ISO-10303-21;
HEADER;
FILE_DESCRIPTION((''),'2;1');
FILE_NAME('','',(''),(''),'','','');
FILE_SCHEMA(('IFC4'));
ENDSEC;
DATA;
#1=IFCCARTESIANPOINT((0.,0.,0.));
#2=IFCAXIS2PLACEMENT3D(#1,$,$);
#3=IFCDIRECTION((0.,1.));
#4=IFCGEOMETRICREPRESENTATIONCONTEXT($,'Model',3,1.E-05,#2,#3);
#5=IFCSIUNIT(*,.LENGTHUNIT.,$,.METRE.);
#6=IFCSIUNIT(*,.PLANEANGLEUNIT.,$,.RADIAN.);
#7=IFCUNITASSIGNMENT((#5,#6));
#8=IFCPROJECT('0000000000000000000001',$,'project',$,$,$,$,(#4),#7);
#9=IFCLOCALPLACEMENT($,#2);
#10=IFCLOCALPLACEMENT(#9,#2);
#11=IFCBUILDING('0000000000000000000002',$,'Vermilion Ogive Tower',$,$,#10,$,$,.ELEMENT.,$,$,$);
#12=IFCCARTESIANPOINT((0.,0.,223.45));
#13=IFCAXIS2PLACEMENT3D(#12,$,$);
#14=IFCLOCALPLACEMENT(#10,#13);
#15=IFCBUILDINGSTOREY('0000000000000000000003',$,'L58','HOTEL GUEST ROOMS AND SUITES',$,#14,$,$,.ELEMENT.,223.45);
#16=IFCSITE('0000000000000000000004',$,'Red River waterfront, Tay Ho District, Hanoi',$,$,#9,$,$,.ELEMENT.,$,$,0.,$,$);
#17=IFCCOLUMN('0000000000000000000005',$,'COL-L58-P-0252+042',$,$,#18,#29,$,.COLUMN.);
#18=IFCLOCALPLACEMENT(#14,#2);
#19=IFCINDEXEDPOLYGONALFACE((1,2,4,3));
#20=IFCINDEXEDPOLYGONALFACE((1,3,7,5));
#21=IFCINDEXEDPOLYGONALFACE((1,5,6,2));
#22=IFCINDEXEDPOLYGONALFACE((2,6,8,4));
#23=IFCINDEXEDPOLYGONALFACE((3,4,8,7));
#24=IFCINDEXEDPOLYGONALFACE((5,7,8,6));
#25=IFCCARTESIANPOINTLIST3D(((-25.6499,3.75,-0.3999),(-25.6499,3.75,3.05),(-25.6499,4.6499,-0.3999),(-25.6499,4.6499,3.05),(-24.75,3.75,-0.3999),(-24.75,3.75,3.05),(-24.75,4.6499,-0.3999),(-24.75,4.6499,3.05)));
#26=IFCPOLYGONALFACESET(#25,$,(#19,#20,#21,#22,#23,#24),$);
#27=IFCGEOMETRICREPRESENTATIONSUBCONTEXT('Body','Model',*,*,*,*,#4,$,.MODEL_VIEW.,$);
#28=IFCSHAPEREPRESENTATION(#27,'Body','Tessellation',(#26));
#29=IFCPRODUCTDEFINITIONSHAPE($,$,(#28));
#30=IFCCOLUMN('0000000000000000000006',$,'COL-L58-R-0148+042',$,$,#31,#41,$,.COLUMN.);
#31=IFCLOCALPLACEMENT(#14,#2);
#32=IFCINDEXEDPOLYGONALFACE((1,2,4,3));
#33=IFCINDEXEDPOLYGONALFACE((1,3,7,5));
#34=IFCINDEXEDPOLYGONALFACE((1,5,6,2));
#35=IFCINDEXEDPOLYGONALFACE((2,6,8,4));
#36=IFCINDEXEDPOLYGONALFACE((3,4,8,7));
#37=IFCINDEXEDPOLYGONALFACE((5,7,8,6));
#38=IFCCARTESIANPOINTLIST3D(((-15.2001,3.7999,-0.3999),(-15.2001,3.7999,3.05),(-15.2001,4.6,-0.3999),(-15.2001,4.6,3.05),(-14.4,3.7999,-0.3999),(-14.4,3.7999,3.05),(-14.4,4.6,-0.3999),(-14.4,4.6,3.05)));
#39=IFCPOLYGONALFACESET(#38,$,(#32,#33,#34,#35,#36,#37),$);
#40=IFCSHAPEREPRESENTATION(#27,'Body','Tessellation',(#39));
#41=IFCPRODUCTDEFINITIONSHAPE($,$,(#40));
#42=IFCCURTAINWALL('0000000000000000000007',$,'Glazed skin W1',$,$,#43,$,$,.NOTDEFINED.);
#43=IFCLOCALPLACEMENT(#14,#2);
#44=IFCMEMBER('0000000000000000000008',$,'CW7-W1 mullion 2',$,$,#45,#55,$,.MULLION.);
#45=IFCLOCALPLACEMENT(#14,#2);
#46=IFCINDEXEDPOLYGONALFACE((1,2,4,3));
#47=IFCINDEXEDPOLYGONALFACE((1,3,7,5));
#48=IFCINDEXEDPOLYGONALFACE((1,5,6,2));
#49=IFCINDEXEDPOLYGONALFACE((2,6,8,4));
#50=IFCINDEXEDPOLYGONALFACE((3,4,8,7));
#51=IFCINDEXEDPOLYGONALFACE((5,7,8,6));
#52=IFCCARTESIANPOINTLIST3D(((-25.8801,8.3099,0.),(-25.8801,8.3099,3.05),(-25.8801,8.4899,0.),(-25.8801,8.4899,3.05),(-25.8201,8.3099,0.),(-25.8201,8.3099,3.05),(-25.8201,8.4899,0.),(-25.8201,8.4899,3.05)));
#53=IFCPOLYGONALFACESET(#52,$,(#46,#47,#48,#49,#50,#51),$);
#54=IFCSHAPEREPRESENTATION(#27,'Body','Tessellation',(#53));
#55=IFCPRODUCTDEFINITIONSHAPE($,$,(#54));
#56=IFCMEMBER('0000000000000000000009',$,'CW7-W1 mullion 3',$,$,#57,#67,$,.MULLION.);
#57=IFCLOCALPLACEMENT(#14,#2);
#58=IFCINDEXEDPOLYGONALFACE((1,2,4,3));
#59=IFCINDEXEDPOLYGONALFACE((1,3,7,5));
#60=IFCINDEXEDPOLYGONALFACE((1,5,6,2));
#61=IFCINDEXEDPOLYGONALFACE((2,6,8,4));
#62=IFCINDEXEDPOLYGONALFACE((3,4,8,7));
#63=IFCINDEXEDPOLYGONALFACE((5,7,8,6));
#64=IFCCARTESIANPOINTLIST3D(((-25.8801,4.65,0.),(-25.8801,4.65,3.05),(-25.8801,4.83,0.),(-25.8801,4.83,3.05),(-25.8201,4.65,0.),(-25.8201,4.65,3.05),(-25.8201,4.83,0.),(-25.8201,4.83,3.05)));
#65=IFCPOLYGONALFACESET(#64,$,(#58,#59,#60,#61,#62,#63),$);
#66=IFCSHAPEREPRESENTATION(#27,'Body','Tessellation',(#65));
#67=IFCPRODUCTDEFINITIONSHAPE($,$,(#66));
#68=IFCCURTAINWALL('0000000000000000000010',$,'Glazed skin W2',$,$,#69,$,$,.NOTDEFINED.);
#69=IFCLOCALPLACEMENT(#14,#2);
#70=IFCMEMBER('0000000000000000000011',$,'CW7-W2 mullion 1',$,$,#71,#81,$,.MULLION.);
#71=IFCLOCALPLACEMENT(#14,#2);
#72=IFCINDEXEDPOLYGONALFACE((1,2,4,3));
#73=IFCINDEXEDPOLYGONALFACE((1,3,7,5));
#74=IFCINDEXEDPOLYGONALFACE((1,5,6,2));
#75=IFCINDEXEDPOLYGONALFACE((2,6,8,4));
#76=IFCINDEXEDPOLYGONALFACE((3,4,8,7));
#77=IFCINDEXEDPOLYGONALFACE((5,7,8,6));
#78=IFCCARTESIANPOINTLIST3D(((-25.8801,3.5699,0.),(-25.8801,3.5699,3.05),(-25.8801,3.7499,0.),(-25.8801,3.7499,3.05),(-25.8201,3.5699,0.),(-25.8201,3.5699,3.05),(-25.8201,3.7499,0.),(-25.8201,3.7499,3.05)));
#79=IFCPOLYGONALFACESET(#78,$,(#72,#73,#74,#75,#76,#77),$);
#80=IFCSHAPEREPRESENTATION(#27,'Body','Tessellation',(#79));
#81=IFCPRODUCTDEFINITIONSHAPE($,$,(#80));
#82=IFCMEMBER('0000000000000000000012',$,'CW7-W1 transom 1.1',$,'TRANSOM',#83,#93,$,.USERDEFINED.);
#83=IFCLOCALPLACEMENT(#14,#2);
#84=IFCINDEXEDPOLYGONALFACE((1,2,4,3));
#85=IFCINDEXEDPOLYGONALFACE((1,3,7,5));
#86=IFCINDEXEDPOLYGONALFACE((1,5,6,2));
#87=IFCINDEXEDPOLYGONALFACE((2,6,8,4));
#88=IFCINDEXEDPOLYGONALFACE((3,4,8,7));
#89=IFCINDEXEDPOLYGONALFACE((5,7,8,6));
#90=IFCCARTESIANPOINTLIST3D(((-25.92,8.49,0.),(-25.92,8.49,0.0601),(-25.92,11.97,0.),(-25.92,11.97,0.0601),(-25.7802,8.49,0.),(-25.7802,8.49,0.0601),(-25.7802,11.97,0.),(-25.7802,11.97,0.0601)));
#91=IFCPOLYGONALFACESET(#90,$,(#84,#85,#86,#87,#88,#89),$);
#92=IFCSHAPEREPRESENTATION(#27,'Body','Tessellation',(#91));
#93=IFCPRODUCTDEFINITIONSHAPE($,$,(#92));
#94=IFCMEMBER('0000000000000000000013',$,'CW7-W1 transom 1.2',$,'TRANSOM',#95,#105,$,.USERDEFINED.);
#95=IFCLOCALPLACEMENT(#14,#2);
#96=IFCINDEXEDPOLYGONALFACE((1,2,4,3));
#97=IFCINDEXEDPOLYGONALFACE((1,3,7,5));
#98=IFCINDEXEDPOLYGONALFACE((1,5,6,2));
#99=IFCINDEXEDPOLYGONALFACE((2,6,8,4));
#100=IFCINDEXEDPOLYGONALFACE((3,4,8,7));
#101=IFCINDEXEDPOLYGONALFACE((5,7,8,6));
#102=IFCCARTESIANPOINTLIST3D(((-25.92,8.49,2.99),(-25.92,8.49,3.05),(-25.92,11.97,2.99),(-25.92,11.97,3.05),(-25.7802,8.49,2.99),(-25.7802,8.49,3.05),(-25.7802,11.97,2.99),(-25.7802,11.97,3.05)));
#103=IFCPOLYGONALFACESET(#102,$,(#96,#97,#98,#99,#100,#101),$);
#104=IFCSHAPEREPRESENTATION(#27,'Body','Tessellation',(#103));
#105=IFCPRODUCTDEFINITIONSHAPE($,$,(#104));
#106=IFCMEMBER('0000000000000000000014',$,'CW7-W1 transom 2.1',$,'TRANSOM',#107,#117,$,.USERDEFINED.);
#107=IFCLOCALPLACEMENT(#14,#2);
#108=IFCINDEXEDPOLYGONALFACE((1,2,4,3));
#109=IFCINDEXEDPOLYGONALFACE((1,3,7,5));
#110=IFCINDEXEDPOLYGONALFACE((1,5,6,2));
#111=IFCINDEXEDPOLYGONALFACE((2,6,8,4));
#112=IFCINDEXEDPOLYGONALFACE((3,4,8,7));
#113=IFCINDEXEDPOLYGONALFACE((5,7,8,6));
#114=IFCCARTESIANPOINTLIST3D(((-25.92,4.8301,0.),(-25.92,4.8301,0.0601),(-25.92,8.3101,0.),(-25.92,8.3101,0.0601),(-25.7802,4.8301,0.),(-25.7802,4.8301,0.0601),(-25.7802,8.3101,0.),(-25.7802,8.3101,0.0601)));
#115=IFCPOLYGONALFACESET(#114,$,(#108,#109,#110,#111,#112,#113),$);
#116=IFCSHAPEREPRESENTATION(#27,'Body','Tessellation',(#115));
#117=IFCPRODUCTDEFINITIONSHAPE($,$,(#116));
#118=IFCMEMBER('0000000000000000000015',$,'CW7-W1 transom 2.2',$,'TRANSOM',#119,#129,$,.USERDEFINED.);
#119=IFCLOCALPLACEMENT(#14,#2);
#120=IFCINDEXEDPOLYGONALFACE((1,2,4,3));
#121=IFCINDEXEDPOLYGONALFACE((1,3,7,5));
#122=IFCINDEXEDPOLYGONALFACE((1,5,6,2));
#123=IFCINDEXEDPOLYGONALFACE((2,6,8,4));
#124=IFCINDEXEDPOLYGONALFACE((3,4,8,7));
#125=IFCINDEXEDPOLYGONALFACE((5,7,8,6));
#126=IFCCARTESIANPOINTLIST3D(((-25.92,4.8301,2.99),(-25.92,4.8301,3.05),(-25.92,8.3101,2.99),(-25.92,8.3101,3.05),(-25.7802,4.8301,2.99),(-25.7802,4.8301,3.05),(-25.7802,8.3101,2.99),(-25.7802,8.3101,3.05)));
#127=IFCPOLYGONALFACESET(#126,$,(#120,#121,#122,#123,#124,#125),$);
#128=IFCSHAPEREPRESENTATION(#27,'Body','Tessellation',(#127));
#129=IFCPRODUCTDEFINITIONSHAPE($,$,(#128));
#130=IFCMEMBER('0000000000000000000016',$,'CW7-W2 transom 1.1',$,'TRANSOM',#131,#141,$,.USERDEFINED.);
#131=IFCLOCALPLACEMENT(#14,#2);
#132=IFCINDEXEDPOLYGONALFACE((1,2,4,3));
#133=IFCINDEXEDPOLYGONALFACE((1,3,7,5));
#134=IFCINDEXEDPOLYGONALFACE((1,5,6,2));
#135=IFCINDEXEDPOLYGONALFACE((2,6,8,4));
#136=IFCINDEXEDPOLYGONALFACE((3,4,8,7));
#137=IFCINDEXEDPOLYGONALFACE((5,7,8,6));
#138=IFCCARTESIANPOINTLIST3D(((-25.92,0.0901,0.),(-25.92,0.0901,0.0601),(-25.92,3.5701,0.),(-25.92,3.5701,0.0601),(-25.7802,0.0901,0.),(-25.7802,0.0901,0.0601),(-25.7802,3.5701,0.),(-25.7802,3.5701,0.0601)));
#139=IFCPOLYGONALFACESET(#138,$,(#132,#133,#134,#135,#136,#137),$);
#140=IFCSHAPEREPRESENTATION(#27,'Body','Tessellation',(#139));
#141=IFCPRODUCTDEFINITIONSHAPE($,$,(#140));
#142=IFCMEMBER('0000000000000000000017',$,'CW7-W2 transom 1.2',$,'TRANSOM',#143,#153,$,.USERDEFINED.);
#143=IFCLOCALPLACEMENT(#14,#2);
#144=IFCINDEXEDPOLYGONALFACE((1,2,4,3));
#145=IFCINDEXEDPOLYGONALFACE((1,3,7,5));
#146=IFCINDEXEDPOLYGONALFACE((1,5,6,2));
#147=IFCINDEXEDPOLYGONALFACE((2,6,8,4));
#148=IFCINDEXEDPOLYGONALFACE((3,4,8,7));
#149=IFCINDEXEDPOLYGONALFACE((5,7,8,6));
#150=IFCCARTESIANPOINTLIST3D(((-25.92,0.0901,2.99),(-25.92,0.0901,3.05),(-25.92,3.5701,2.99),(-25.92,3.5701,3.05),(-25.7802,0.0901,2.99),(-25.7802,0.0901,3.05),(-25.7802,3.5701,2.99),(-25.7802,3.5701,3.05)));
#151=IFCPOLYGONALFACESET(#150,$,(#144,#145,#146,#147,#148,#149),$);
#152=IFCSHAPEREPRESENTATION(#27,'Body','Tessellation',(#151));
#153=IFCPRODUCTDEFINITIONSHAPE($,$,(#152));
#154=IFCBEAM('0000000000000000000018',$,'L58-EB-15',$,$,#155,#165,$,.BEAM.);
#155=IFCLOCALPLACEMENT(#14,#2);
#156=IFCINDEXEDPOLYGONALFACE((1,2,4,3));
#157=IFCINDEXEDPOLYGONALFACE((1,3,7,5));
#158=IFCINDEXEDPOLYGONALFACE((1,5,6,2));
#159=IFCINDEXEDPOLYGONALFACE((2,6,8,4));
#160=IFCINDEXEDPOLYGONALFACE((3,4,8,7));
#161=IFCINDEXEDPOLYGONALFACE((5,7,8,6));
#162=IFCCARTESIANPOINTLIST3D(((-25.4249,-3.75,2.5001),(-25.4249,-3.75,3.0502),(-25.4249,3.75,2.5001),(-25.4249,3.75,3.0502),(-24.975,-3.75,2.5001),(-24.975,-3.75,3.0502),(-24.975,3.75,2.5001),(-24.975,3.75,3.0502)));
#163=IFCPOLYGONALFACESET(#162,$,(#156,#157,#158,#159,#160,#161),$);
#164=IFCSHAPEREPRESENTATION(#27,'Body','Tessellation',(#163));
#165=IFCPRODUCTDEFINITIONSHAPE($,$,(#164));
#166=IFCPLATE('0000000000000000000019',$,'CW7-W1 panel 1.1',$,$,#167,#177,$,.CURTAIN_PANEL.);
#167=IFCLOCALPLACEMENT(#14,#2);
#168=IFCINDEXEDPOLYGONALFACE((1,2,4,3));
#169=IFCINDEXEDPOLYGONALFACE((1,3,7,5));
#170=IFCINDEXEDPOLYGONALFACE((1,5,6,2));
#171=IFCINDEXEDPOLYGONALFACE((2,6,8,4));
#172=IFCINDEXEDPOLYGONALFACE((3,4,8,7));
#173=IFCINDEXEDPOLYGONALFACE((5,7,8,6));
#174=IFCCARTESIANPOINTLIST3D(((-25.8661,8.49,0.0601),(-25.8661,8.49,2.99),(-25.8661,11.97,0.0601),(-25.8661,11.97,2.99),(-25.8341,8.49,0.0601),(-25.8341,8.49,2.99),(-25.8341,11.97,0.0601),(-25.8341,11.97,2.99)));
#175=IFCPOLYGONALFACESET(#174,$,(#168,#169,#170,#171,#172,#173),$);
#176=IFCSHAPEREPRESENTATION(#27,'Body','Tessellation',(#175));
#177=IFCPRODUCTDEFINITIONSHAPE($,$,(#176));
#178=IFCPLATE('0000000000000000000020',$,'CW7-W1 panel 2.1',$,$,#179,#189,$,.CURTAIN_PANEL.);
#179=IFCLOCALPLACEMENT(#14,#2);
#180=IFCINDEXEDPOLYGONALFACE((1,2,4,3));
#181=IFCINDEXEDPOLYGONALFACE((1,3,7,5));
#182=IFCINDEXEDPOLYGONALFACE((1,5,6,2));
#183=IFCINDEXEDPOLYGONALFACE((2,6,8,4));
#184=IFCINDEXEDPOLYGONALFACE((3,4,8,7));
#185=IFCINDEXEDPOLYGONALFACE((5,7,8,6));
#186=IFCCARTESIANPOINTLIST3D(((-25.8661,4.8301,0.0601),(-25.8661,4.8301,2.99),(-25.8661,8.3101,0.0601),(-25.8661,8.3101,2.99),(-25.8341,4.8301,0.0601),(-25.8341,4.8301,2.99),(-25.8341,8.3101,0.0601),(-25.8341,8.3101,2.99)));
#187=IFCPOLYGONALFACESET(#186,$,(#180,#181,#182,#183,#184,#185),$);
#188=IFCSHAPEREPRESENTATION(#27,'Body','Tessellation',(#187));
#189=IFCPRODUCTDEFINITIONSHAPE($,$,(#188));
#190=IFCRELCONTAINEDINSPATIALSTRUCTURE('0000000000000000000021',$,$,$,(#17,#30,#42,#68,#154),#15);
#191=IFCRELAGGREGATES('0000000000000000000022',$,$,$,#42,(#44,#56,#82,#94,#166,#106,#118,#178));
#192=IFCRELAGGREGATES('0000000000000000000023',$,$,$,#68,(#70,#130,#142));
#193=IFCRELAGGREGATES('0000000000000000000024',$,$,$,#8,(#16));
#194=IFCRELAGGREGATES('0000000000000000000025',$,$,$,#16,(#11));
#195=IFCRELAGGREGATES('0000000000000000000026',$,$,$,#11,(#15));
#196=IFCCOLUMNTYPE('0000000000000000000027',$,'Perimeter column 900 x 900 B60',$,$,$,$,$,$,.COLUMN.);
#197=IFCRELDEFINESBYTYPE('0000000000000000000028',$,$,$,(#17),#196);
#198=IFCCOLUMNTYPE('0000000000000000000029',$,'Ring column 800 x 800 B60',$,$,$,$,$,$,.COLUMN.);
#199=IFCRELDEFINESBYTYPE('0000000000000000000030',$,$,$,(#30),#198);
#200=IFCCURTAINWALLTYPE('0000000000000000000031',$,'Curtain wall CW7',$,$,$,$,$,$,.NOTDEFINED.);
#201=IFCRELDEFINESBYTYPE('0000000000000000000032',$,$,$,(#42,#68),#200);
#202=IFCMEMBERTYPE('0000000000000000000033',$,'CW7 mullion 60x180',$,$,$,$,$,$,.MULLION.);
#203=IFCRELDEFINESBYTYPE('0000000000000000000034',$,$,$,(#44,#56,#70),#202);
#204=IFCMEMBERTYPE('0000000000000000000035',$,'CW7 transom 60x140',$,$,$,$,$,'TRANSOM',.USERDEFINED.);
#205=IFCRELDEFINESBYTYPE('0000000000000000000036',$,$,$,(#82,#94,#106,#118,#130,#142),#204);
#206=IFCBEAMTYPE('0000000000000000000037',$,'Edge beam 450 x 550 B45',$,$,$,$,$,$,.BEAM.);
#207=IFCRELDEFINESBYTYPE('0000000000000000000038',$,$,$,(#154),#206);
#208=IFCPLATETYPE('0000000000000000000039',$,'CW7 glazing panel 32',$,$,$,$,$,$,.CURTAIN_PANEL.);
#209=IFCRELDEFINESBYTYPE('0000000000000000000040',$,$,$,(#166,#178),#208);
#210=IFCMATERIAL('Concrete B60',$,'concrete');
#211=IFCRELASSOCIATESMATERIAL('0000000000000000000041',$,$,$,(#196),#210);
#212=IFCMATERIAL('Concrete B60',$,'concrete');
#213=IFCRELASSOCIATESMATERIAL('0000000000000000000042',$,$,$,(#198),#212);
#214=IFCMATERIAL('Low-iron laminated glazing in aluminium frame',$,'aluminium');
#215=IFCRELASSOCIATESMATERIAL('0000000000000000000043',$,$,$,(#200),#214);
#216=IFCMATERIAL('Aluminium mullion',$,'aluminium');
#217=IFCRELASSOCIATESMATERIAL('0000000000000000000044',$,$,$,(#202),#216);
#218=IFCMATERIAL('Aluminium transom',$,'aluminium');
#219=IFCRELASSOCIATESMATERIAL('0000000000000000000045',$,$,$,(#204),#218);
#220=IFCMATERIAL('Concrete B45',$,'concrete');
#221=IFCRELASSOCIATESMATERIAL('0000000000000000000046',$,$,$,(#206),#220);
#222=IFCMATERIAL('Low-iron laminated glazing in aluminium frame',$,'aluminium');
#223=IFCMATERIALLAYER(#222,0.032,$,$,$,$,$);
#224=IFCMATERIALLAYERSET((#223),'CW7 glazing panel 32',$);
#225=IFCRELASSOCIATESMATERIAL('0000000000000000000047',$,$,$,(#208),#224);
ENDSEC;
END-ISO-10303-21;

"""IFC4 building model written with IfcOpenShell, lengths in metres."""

from ifc_helpers import new_model, si_unit, direction, frame, origin, origin_2d, place, context, subcontext, project, spatial, rectangle, extrude, material, layer, layer_set, material_profile, profile_set, type_object, element, aggregate, save


model = new_model("IFC4")

# Units and contexts
model_context = context("Model", 3, precision=1e-05, world=origin(), true_north=direction((0.0, 1.0)))
body_context = subcontext(model_context, "Body", "Model", "MODEL_VIEW")
ifc_project = project(units=[si_unit("LENGTHUNIT", "METRE"), si_unit("PLANEANGLEUNIT", "RADIAN")], contexts=[model_context])

# Site, building, storey
site_placement = place(None, origin())
site = spatial("IfcSite", under=ifc_project, at=site_placement, Name="Red River waterfront, Tay Ho District, Hanoi", CompositionType="ELEMENT", RefElevation=0.0)
building_placement = place(site_placement, origin())
building = spatial("IfcBuilding", under=site, at=building_placement, Name="Vermilion Ogive Tower", CompositionType="ELEMENT")
storey_placement = place(building_placement, frame((0.0, 0.0, 223.45)))
storey = spatial("IfcBuildingStorey", under=building, at=storey_placement, Name="L58", Description="HOTEL GUEST ROOMS AND SUITES", CompositionType="ELEMENT", Elevation=223.45)

# Columns
ifc_material_1 = material(Name="Concrete B60", Category="concrete")
ifc_material_profile_1 = material_profile(ifc_material_1, rectangle(XDim=0.8999, YDim=0.8999, at=origin_2d()), Name="900 x 900")
ifc_profile_set_1 = profile_set([ifc_material_profile_1], Name="Concrete B60")
column_type_1 = type_object("IfcColumnType", Name="Perimeter column 900 x 900 B60", PredefinedType="COLUMN", material=ifc_profile_set_1)
column_1_placement = place(storey_placement, frame((-25.2, 4.2, -0.3999), z_axis=(0.0, 0.0, 1.0), x_axis=(1.0, 0.0, 0.0)))
element("IfcColumn", 1, at=column_1_placement, inside=storey, type_object=column_type_1, Name="COL-L58-P-0252+042", PredefinedType="COLUMN", context=body_context, shape_type="SweptSolid", body=[
    extrude(rectangle(XDim=0.8999, YDim=0.8999, at=origin_2d()), origin(), (0.0, 0.0, 1.0), 3.45),
])
ifc_material_2 = material(Name="Concrete B60", Category="concrete")
ifc_material_profile_2 = material_profile(ifc_material_2, rectangle(XDim=0.8, YDim=0.8, at=origin_2d()), Name="800 x 800")
ifc_profile_set_2 = profile_set([ifc_material_profile_2], Name="Concrete B60")
column_type_2 = type_object("IfcColumnType", Name="Ring column 800 x 800 B60", PredefinedType="COLUMN", material=ifc_profile_set_2)
column_2_placement = place(storey_placement, frame((-14.8, 4.2, -0.3999), z_axis=(0.0, 0.0, 1.0), x_axis=(1.0, 0.0, 0.0)))
element("IfcColumn", 2, at=column_2_placement, inside=storey, type_object=column_type_2, Name="COL-L58-R-0148+042", PredefinedType="COLUMN", context=body_context, shape_type="SweptSolid", body=[
    extrude(rectangle(XDim=0.8, YDim=0.8, at=origin_2d()), origin(), (0.0, 0.0, 1.0), 3.45),
])

# Curtain wall, members
ifc_material_3 = material(Name="Low-iron laminated glazing in aluminium frame", Category="aluminium")
curtain_wall_type = type_object("IfcCurtainWallType", Name="Curtain wall CW7", PredefinedType="NOTDEFINED", material=ifc_material_3)
curtain_wall_1_placement = place(storey_placement, origin())
curtain_wall_1 = element("IfcCurtainWall", 3, at=curtain_wall_1_placement, inside=storey, type_object=curtain_wall_type, Name="Glazed skin W1", PredefinedType="NOTDEFINED")
ifc_material_4 = material(Name="Aluminium mullion", Category="aluminium")
ifc_material_profile_3 = material_profile(ifc_material_4, rectangle(XDim=0.0601, YDim=0.1799, at=origin_2d()), Name="AL 60x180")
ifc_profile_set_3 = profile_set([ifc_material_profile_3], Name="Aluminium mullion")
member_type_1 = type_object("IfcMemberType", Name="CW7 mullion 60x180", PredefinedType="MULLION", material=ifc_profile_set_3)
member_1_placement = place(storey_placement, frame((-25.8501, 8.3999, 0.0), z_axis=(0.0, 0.0, 1.0), x_axis=(1.0, 0.0, 0.0)))
member_1 = element("IfcMember", 4, at=member_1_placement, type_object=member_type_1, Name="CW7-W1 mullion 2", PredefinedType="MULLION", context=body_context, shape_type="SweptSolid", body=[
    extrude(rectangle(XDim=0.0601, YDim=0.1799, at=origin_2d()), origin(), (0.0, 0.0, 1.0), 3.05),
])
member_2_placement = place(storey_placement, frame((-25.8501, 4.74, 0.0), z_axis=(0.0, 0.0, 1.0), x_axis=(1.0, 0.0, 0.0)))
member_2 = element("IfcMember", 5, at=member_2_placement, type_object=member_type_1, Name="CW7-W1 mullion 3", PredefinedType="MULLION", context=body_context, shape_type="SweptSolid", body=[
    extrude(rectangle(XDim=0.0601, YDim=0.1799, at=origin_2d()), origin(), (0.0, 0.0, 1.0), 3.05),
])

# Curtain wall, member
curtain_wall_2_placement = place(storey_placement, origin())
curtain_wall_2 = element("IfcCurtainWall", 6, at=curtain_wall_2_placement, inside=storey, type_object=curtain_wall_type, Name="Glazed skin W2", PredefinedType="NOTDEFINED")
member_3_placement = place(storey_placement, frame((-25.8501, 3.6599, 0.0), z_axis=(0.0, 0.0, 1.0), x_axis=(1.0, 0.0, 0.0)))
member_3 = element("IfcMember", 7, at=member_3_placement, type_object=member_type_1, Name="CW7-W2 mullion 1", PredefinedType="MULLION", context=body_context, shape_type="SweptSolid", body=[
    extrude(rectangle(XDim=0.0601, YDim=0.1799, at=origin_2d()), origin(), (0.0, 0.0, 1.0), 3.05),
])

# Members
ifc_material_5 = material(Name="Aluminium transom", Category="aluminium")
ifc_material_profile_4 = material_profile(ifc_material_5, rectangle(XDim=0.1399, YDim=0.0601, at=origin_2d()), Name="AL 60x140")
ifc_profile_set_4 = profile_set([ifc_material_profile_4], Name="Aluminium transom")
member_type_2 = type_object("IfcMemberType", Name="CW7 transom 60x140", ElementType="TRANSOM", PredefinedType="USERDEFINED", material=ifc_profile_set_4)
member_4_placement = place(storey_placement, frame((-25.8501, 11.97, 0.03), z_axis=(0.0, -1.0, 0.0), x_axis=(1.0, 0.0, 0.0)))
member_4 = element("IfcMember", 8, at=member_4_placement, type_object=member_type_2, Name="CW7-W1 transom 1.1", ObjectType="TRANSOM", PredefinedType="USERDEFINED", context=body_context, shape_type="SweptSolid", body=[
    extrude(rectangle(XDim=0.1399, YDim=0.0601, at=origin_2d()), origin(), (0.0, 0.0, 1.0), 3.48),
])
member_5_placement = place(storey_placement, frame((-25.8501, 11.97, 3.02), z_axis=(0.0, -1.0, 0.0), x_axis=(1.0, 0.0, 0.0)))
member_5 = element("IfcMember", 9, at=member_5_placement, type_object=member_type_2, Name="CW7-W1 transom 1.2", ObjectType="TRANSOM", PredefinedType="USERDEFINED", context=body_context, shape_type="SweptSolid", body=[
    extrude(rectangle(XDim=0.1399, YDim=0.0601, at=origin_2d()), origin(), (0.0, 0.0, 1.0), 3.48),
])
member_6_placement = place(storey_placement, frame((-25.8501, 8.3101, 0.03), z_axis=(0.0, -1.0, 0.0), x_axis=(1.0, 0.0, 0.0)))
member_6 = element("IfcMember", 10, at=member_6_placement, type_object=member_type_2, Name="CW7-W1 transom 2.1", ObjectType="TRANSOM", PredefinedType="USERDEFINED", context=body_context, shape_type="SweptSolid", body=[
    extrude(rectangle(XDim=0.1399, YDim=0.0601, at=origin_2d()), origin(), (0.0, 0.0, 1.0), 3.48),
])
member_7_placement = place(storey_placement, frame((-25.8501, 8.3101, 3.02), z_axis=(0.0, -1.0, 0.0), x_axis=(1.0, 0.0, 0.0)))
member_7 = element("IfcMember", 11, at=member_7_placement, type_object=member_type_2, Name="CW7-W1 transom 2.2", ObjectType="TRANSOM", PredefinedType="USERDEFINED", context=body_context, shape_type="SweptSolid", body=[
    extrude(rectangle(XDim=0.1399, YDim=0.0601, at=origin_2d()), origin(), (0.0, 0.0, 1.0), 3.48),
])
member_8_placement = place(storey_placement, frame((-25.8501, 3.5701, 0.03), z_axis=(0.0, -1.0, 0.0), x_axis=(1.0, 0.0, 0.0)))
member_8 = element("IfcMember", 12, at=member_8_placement, type_object=member_type_2, Name="CW7-W2 transom 1.1", ObjectType="TRANSOM", PredefinedType="USERDEFINED", context=body_context, shape_type="SweptSolid", body=[
    extrude(rectangle(XDim=0.1399, YDim=0.0601, at=origin_2d()), origin(), (0.0, 0.0, 1.0), 3.48),
])
member_9_placement = place(storey_placement, frame((-25.8501, 3.5701, 3.02), z_axis=(0.0, -1.0, 0.0), x_axis=(1.0, 0.0, 0.0)))
member_9 = element("IfcMember", 13, at=member_9_placement, type_object=member_type_2, Name="CW7-W2 transom 1.2", ObjectType="TRANSOM", PredefinedType="USERDEFINED", context=body_context, shape_type="SweptSolid", body=[
    extrude(rectangle(XDim=0.1399, YDim=0.0601, at=origin_2d()), origin(), (0.0, 0.0, 1.0), 3.48),
])

# Beam
ifc_material_6 = material(Name="Concrete B45", Category="concrete")
ifc_material_profile_5 = material_profile(ifc_material_6, rectangle(XDim=0.45, YDim=0.55, at=origin_2d()), Name="450 x 550")
ifc_profile_set_5 = profile_set([ifc_material_profile_5], Name="Concrete B45")
beam_type = type_object("IfcBeamType", Name="Edge beam 450 x 550 B45", PredefinedType="BEAM", material=ifc_profile_set_5)
beam_placement = place(storey_placement, frame((-25.2, 3.75, 2.7751), z_axis=(0.0, -1.0, 0.0), x_axis=(1.0, 0.0, 0.0)))
element("IfcBeam", 14, at=beam_placement, inside=storey, type_object=beam_type, Name="L58-EB-15", PredefinedType="BEAM", context=body_context, shape_type="SweptSolid", body=[
    extrude(rectangle(XDim=0.45, YDim=0.55, at=origin_2d()), origin(), (0.0, 0.0, 1.0), 7.5),
])

# Plates
ifc_material_7 = material(Name="Low-iron laminated glazing in aluminium frame", Category="aluminium")
ifc_layer_1 = layer(ifc_material_7, 0.032)
ifc_layer_set_1 = layer_set([ifc_layer_1], Name="CW7 glazing panel 32")
plate_type = type_object("IfcPlateType", Name="CW7 glazing panel 32", PredefinedType="CURTAIN_PANEL", material=ifc_layer_set_1)
plate_1_placement = place(storey_placement, frame((-25.8501, 10.23, 0.0601), z_axis=(0.0, 0.0, 1.0), x_axis=(0.0, -1.0, 0.0)))
plate_1 = element("IfcPlate", 15, at=plate_1_placement, type_object=plate_type, Name="CW7-W1 panel 1.1", PredefinedType="CURTAIN_PANEL", context=body_context, shape_type="SweptSolid", body=[
    extrude(rectangle(XDim=3.48, YDim=0.032, at=origin_2d()), origin(), (0.0, 0.0, 1.0), 2.9299),
])
plate_2_placement = place(storey_placement, frame((-25.8501, 6.5701, 0.0601), z_axis=(0.0, 0.0, 1.0), x_axis=(0.0, -1.0, 0.0)))
plate_2 = element("IfcPlate", 16, at=plate_2_placement, type_object=plate_type, Name="CW7-W1 panel 2.1", PredefinedType="CURTAIN_PANEL", context=body_context, shape_type="SweptSolid", body=[
    extrude(rectangle(XDim=3.48, YDim=0.032, at=origin_2d()), origin(), (0.0, 0.0, 1.0), 2.9299),
])
aggregate(curtain_wall_1, [member_1, member_2, member_4, member_5, plate_1, member_6, member_7, plate_2])
aggregate(curtain_wall_2, [member_3, member_8, member_9])

save(model, "model.ifc")
